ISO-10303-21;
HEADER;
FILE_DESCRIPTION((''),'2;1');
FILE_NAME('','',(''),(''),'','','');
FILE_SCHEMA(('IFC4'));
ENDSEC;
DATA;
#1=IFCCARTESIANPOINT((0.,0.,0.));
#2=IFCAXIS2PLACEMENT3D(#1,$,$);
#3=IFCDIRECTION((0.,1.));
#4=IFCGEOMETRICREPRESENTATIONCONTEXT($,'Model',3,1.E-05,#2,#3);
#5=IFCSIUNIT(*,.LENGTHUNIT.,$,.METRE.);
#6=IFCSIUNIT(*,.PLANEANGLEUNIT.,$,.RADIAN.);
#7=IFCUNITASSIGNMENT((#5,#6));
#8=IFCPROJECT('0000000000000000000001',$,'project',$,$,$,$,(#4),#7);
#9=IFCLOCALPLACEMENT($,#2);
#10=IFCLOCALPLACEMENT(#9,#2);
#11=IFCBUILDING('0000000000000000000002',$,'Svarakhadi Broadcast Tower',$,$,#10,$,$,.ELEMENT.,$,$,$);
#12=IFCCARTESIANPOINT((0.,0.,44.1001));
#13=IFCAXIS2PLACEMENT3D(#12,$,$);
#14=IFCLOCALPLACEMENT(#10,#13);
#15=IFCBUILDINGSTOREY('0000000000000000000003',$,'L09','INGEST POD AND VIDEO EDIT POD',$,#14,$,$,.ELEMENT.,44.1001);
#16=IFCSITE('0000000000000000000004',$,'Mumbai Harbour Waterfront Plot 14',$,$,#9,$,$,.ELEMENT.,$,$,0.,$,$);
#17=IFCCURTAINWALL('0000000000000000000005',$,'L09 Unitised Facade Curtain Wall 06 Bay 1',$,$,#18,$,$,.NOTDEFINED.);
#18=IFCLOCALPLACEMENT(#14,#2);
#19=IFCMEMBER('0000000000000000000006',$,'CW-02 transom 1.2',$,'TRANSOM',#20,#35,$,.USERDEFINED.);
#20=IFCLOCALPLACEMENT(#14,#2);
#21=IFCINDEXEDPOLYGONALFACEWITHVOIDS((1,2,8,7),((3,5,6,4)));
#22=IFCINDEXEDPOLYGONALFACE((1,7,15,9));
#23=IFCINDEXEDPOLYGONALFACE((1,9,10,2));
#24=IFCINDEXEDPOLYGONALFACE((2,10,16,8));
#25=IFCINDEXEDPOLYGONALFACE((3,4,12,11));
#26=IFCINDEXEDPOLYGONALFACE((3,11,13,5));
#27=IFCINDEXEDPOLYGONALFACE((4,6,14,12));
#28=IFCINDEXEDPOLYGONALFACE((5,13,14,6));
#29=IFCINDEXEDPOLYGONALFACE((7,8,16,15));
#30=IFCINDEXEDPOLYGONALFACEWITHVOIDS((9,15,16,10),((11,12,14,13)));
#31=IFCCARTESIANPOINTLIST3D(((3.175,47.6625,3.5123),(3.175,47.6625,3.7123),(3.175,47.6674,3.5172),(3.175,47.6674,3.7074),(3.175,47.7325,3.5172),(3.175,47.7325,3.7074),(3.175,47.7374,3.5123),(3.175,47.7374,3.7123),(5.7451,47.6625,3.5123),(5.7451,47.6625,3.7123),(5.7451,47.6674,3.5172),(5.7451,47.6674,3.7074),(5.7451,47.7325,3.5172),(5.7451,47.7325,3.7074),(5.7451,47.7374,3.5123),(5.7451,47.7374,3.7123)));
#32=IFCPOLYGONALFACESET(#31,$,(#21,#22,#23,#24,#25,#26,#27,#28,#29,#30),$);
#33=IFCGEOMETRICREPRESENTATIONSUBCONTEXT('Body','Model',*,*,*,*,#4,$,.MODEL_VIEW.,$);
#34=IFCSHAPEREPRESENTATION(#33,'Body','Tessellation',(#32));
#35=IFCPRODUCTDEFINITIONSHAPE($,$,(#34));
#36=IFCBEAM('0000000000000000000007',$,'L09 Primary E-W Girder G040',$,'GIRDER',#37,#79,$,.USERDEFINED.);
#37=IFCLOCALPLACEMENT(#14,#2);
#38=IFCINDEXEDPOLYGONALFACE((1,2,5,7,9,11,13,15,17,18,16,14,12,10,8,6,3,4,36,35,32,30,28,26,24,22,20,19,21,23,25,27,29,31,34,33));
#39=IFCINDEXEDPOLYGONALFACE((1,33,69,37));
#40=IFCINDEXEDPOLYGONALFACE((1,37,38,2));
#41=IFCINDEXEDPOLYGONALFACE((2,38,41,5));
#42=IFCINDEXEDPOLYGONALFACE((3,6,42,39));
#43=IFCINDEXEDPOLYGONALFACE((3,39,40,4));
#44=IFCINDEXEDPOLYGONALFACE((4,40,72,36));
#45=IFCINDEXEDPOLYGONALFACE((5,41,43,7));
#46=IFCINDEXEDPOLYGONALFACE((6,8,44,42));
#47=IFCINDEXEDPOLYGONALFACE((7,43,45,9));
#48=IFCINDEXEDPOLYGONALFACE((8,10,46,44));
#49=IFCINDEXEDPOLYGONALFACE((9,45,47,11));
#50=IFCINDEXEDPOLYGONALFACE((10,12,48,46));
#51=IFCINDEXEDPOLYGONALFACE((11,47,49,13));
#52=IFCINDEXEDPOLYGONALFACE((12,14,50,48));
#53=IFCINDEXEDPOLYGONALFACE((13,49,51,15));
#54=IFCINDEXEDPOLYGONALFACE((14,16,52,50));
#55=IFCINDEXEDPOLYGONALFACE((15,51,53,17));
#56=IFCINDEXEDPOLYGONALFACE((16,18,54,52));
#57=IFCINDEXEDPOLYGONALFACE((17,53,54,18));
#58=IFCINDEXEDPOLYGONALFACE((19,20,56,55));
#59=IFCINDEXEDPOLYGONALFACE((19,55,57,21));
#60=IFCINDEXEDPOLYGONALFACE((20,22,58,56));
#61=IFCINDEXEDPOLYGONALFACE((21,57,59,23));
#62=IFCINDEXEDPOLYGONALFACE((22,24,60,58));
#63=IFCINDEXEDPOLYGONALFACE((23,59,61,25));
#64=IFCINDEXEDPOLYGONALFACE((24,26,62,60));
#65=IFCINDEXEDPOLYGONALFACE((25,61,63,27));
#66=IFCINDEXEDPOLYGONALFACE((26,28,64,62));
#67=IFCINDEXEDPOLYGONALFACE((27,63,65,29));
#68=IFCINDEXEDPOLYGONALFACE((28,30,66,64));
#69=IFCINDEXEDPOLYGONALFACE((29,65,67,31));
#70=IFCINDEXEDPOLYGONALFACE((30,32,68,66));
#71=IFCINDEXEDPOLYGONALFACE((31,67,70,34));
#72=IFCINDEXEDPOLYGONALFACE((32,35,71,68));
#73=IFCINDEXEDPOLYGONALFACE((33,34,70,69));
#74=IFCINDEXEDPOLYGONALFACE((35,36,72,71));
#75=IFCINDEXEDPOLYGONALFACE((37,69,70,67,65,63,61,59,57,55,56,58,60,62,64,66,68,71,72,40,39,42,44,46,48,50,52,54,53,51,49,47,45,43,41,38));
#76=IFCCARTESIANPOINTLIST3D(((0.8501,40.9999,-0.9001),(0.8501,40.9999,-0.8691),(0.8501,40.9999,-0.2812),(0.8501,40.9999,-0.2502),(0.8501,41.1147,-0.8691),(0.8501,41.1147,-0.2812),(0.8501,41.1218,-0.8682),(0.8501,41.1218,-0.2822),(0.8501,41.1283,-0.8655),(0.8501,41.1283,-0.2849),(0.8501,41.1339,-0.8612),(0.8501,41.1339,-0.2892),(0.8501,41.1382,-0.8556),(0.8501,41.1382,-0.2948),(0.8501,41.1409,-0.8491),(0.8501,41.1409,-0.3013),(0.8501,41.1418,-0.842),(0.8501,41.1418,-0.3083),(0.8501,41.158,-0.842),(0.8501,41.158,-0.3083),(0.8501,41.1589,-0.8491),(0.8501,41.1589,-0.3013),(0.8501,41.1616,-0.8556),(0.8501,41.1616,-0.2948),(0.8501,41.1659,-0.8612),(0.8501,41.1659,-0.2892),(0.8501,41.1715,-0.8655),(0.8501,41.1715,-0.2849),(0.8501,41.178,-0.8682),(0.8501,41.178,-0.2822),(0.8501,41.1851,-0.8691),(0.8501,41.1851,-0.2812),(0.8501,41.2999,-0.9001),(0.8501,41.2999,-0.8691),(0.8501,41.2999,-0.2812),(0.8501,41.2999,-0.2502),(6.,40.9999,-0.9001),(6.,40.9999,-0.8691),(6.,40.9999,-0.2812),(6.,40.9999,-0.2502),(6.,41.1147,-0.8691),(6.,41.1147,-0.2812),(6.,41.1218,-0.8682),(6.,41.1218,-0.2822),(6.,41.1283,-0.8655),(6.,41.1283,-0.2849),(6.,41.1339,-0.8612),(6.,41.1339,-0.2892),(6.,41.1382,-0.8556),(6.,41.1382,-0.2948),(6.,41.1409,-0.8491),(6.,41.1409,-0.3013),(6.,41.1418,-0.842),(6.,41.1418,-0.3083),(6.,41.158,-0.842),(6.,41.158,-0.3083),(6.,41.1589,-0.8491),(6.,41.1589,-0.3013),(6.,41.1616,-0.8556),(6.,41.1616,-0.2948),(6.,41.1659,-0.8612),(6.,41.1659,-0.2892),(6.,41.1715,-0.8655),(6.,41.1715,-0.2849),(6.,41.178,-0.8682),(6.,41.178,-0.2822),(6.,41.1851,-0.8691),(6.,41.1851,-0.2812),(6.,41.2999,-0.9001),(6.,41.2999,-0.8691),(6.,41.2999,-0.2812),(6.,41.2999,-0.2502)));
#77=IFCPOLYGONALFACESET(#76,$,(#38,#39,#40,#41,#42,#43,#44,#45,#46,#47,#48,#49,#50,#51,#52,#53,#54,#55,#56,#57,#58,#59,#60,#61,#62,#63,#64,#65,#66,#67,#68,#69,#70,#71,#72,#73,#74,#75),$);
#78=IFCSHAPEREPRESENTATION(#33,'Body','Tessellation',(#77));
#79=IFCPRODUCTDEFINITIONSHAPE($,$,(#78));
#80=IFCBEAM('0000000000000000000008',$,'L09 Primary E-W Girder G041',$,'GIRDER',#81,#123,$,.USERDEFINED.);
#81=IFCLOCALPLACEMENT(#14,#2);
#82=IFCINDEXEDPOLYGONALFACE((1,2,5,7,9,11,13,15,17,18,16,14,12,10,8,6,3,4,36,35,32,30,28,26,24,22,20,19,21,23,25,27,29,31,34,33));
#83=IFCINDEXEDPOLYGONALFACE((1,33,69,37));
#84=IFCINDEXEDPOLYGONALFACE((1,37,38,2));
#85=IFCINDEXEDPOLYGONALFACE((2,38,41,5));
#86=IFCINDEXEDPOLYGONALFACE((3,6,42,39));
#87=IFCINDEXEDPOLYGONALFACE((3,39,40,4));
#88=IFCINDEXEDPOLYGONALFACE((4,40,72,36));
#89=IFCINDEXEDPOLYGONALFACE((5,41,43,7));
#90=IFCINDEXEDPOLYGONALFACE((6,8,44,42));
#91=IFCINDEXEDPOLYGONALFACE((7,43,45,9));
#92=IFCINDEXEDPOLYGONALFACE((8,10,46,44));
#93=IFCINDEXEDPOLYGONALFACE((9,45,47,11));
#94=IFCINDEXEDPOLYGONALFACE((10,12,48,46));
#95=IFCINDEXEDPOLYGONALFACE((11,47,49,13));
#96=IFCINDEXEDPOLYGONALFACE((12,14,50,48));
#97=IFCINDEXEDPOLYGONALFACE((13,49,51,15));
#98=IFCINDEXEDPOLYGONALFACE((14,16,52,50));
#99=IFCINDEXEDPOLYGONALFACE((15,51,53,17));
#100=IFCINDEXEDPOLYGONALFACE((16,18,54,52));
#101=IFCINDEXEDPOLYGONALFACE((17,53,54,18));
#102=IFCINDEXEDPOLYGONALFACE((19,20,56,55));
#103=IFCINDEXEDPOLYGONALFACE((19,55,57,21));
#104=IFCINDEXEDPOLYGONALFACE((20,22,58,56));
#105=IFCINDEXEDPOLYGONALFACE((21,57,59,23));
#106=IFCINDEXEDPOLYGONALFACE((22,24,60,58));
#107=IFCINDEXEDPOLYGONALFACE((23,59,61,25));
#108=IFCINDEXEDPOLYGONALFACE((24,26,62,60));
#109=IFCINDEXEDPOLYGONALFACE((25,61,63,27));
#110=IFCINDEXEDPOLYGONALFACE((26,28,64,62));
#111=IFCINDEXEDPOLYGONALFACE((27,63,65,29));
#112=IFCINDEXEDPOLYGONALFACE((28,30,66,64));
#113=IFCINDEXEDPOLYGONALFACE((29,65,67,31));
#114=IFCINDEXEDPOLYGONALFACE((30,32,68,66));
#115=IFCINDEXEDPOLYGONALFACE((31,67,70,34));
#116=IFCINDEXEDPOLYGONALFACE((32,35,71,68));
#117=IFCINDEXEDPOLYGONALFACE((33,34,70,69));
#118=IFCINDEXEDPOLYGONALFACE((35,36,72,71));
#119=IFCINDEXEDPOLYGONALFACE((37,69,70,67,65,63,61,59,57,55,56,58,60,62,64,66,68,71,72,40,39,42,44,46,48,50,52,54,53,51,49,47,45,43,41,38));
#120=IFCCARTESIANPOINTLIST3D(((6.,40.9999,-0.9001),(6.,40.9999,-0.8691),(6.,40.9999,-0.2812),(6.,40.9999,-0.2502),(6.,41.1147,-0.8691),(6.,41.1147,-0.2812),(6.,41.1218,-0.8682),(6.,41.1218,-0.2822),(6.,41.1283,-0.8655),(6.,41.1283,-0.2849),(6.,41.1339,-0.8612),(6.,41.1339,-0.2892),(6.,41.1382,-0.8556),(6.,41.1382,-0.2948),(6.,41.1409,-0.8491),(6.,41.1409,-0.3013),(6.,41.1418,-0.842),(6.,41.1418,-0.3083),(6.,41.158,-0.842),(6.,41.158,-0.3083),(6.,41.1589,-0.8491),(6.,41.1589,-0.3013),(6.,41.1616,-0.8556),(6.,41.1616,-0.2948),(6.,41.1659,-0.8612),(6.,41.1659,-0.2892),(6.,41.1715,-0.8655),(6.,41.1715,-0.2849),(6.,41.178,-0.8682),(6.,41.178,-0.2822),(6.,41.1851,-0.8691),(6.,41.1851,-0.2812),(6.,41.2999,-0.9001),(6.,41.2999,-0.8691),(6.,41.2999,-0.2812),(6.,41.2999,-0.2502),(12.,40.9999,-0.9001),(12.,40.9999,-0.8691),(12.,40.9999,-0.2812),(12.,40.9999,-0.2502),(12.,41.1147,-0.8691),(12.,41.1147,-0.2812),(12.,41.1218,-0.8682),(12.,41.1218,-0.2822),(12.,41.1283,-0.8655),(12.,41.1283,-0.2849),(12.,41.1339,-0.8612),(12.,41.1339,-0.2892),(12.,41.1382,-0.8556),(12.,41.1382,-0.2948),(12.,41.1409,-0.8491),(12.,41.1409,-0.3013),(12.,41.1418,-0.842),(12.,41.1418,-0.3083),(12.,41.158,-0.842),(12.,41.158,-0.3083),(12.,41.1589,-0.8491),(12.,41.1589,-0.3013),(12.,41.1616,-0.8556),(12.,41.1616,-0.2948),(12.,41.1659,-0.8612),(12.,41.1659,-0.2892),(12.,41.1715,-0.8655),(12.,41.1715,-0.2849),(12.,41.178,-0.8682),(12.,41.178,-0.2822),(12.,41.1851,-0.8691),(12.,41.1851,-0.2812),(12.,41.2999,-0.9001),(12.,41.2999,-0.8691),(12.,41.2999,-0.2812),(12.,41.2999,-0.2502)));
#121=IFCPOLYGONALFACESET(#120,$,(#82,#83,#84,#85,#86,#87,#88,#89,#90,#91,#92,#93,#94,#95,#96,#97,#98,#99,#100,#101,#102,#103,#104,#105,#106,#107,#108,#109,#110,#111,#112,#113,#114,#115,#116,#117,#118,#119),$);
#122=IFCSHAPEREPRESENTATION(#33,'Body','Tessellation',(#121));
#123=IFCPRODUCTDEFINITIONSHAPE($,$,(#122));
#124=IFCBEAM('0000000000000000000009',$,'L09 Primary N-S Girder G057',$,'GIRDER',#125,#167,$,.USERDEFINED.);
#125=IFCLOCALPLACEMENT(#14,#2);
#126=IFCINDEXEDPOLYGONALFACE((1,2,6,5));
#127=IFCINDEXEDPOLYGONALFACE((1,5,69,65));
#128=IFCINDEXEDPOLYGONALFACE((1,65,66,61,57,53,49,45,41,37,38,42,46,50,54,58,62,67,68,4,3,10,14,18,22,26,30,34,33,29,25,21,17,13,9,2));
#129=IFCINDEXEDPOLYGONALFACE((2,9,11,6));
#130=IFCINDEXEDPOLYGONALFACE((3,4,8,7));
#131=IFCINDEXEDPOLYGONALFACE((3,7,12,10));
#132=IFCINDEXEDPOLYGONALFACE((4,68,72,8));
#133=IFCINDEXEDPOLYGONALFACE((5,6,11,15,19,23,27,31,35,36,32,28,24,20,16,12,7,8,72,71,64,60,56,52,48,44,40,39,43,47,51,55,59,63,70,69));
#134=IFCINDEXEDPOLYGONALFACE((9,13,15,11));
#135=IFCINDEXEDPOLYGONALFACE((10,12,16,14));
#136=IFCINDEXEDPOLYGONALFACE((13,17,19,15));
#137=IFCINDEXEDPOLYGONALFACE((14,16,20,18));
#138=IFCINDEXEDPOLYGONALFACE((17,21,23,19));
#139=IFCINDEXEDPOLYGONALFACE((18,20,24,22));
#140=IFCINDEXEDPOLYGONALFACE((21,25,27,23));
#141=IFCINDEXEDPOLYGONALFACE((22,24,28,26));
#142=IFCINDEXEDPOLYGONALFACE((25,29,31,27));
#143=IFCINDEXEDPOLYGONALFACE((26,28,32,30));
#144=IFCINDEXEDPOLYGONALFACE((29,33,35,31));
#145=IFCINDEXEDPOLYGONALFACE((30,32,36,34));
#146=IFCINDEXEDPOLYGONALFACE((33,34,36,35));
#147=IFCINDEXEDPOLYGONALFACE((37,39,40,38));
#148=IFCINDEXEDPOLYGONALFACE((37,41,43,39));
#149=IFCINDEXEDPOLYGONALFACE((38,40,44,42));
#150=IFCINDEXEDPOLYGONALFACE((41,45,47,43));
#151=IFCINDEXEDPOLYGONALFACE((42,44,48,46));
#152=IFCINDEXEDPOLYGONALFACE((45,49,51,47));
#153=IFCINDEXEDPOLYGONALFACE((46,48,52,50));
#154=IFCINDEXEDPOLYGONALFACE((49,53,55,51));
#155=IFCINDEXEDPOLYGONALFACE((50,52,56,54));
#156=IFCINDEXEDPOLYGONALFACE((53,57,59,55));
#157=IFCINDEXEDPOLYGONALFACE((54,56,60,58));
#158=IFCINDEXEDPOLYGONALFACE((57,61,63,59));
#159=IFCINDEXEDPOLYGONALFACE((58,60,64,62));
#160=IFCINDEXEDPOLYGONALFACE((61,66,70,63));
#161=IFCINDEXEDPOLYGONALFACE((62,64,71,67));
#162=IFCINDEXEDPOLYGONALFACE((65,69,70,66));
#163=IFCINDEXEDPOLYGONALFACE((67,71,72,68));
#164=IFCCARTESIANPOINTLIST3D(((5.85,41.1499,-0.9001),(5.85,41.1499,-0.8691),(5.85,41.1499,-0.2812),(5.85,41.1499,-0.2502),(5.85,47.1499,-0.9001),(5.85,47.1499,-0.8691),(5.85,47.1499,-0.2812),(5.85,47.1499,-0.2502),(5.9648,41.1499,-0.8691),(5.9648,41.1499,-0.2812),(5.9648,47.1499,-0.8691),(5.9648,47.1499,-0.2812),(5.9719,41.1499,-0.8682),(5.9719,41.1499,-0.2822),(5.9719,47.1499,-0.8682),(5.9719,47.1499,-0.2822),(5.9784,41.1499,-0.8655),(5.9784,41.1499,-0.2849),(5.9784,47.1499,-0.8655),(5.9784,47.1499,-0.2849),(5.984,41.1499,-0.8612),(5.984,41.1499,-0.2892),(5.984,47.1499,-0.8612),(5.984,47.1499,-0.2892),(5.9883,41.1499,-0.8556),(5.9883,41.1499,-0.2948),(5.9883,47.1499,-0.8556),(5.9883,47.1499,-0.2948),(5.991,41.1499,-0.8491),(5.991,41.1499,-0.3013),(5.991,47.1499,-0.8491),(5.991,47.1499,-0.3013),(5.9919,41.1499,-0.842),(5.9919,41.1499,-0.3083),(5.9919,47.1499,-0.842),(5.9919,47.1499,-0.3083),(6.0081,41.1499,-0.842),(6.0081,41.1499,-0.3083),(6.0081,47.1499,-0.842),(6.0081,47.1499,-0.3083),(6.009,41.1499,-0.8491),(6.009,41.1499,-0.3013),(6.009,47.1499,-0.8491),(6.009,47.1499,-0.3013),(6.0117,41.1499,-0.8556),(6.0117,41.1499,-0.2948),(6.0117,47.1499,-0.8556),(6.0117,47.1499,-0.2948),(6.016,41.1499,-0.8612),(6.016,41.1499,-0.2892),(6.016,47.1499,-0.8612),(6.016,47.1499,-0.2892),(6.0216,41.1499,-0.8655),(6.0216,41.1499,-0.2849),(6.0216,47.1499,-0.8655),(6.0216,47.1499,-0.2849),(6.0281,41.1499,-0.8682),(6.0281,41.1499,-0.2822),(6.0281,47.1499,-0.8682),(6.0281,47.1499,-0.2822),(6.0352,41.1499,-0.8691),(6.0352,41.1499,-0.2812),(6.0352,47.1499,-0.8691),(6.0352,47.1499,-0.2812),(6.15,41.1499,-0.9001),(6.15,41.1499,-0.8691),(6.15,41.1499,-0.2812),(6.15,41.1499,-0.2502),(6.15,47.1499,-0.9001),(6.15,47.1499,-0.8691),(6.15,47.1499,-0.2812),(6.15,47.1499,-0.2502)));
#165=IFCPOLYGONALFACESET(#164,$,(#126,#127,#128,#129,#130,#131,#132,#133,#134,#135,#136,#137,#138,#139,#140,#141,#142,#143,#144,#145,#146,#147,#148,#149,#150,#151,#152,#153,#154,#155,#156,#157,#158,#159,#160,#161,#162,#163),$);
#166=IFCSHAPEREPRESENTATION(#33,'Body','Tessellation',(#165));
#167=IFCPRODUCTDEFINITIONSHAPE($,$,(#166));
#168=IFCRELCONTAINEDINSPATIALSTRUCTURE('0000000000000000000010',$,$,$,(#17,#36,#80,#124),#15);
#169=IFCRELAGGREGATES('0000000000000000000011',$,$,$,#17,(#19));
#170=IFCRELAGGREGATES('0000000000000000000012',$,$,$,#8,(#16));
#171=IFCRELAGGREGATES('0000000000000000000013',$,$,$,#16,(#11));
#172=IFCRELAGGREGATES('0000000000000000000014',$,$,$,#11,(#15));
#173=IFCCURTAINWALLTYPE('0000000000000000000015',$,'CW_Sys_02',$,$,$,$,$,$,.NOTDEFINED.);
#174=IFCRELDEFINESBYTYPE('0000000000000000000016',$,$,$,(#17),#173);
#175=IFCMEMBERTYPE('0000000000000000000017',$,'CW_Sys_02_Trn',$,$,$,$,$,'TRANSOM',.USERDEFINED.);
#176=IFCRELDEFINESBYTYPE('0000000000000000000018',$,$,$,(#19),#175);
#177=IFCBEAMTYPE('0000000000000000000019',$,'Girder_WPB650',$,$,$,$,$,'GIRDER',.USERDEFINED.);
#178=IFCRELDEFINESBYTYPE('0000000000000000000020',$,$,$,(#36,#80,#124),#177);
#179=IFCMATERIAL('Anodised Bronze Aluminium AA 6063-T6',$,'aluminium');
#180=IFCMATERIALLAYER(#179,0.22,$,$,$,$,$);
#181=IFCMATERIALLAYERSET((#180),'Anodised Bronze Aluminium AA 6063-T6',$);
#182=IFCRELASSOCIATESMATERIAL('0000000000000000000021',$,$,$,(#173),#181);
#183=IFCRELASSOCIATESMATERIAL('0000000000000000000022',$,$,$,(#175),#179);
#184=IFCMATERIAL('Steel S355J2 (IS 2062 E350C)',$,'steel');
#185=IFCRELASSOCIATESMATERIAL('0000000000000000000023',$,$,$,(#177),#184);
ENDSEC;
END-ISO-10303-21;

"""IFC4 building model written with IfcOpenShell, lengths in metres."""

from ifc_helpers import new_model, si_unit, direction, frame, origin, origin_2d, place, context, subcontext, project, spatial, hollow_rectangle, i_section, extrude, material, layer, layer_set, material_profile, profile_set, type_object, element, aggregate, save


model = new_model("IFC4")

# Units and contexts
model_context = context("Model", 3, precision=1e-05, world=origin(), true_north=direction((0.0, 1.0)))
body_context = subcontext(model_context, "Body", "Model", "MODEL_VIEW")
ifc_project = project(units=[si_unit("LENGTHUNIT", "METRE"), si_unit("PLANEANGLEUNIT", "RADIAN")], contexts=[model_context])

# Site, building, storey
site_placement = place(None, origin())
site = spatial("IfcSite", under=ifc_project, at=site_placement, Name="Mumbai Harbour Waterfront Plot 14", CompositionType="ELEMENT", RefElevation=0.0)
building_placement = place(site_placement, origin())
building = spatial("IfcBuilding", under=site, at=building_placement, Name="Svarakhadi Broadcast Tower", CompositionType="ELEMENT")
storey_placement = place(building_placement, frame((0.0, 0.0, 44.1001)))
storey = spatial("IfcBuildingStorey", under=building, at=storey_placement, Name="L09", Description="INGEST POD AND VIDEO EDIT POD", CompositionType="ELEMENT", Elevation=44.1001)

# Shared definitions
ifc_material_1 = material(Name="Steel S355J2 (IS 2062 E350C)", Category="steel")

# Curtain wall
ifc_material_2 = material(Name="Anodised Bronze Aluminium AA 6063-T6", Category="aluminium")
ifc_layer_1 = layer(ifc_material_2, 0.22)
ifc_layer_set_1 = layer_set([ifc_layer_1], Name="Anodised Bronze Aluminium AA 6063-T6")
curtain_wall_type = type_object("IfcCurtainWallType", Name="CW_Sys_02", PredefinedType="NOTDEFINED", material=ifc_layer_set_1)
curtain_wall_1_placement = place(storey_placement, origin())
curtain_wall_1 = element("IfcCurtainWall", 1, at=curtain_wall_1_placement, inside=storey, type_object=curtain_wall_type, Name="L09 Unitised Facade Curtain Wall 06 Bay 1", PredefinedType="NOTDEFINED")

# Member
ifc_material_profile_1 = material_profile(ifc_material_2, hollow_rectangle(XDim=0.075, YDim=0.2, WallThickness=0.0049, at=origin_2d()), Name="ALU TRANSOM 200x75x5")
ifc_profile_set_1 = profile_set([ifc_material_profile_1], Name="Anodised Bronze Aluminium AA 6063-T6")
member_type_1 = type_object("IfcMemberType", Name="CW_Sys_02_Trn", ElementType="TRANSOM", PredefinedType="USERDEFINED", material=ifc_profile_set_1)
member_1_placement = place(storey_placement, frame((3.175, 47.7, 3.6123), z_axis=(1.0, 0.0, 0.0), x_axis=(0.0, 1.0, 0.0)))
member_1 = element("IfcMember", 2, at=member_1_placement, type_object=member_type_1, Name="CW-02 transom 1.2", ObjectType="TRANSOM", PredefinedType="USERDEFINED", context=body_context, shape_type="SweptSolid", body=[
    extrude(hollow_rectangle(XDim=0.075, YDim=0.2, WallThickness=0.0049, at=origin_2d()), origin(), (0.0, 0.0, 1.0), 2.5701),
])

# Beams
ifc_material_profile_2 = material_profile(ifc_material_1, i_section(OverallWidth=0.3, OverallDepth=0.6499, WebThickness=0.0161, FlangeThickness=0.031, FilletRadius=0.0271, at=origin_2d()), Name="WPB 650x300x225")
ifc_profile_set_2 = profile_set([ifc_material_profile_2], Name="Steel S355J2 (IS 2062 E350C)")
beam_type_1 = type_object("IfcBeamType", Name="Girder_WPB650", ElementType="GIRDER", PredefinedType="USERDEFINED", material=ifc_profile_set_2)
beam_1_placement = place(storey_placement, frame((0.8501, 41.1499, -0.5752), z_axis=(1.0, 0.0, 0.0), x_axis=(0.0, 1.0, 0.0)))
element("IfcBeam", 3, at=beam_1_placement, inside=storey, type_object=beam_type_1, Name="L09 Primary E-W Girder G040", ObjectType="GIRDER", PredefinedType="USERDEFINED", context=body_context, shape_type="SweptSolid", body=[
    extrude(i_section(OverallWidth=0.3, OverallDepth=0.6499, WebThickness=0.0161, FlangeThickness=0.031, FilletRadius=0.0271, at=origin_2d()), origin(), (0.0, 0.0, 1.0), 5.1499),
])
for number, where, z_axis, x_axis, name in (
    (4, (6.0, 41.1499, -0.5752), (1.0, 0.0, 0.0), (0.0, 1.0, 0.0), "L09 Primary E-W Girder G041"),
    (5, (6.0, 41.1499, -0.5752), (0.0, 1.0, 0.0), (-1.0, 0.0, 0.0), "L09 Primary N-S Girder G057"),
):
    element("IfcBeam", number, at=place(storey_placement, frame(where, z_axis=z_axis, x_axis=x_axis)), inside=storey, type_object=beam_type_1, Name=name, ObjectType="GIRDER", PredefinedType="USERDEFINED", context=body_context, shape_type="SweptSolid", body=[
        extrude(i_section(OverallWidth=0.3, OverallDepth=0.6499, WebThickness=0.0161, FlangeThickness=0.031, FilletRadius=0.0271, at=origin_2d()), origin(), (0.0, 0.0, 1.0), 6.0),
    ])

aggregate(curtain_wall_1, [member_1])

save(model, "model.ifc")
